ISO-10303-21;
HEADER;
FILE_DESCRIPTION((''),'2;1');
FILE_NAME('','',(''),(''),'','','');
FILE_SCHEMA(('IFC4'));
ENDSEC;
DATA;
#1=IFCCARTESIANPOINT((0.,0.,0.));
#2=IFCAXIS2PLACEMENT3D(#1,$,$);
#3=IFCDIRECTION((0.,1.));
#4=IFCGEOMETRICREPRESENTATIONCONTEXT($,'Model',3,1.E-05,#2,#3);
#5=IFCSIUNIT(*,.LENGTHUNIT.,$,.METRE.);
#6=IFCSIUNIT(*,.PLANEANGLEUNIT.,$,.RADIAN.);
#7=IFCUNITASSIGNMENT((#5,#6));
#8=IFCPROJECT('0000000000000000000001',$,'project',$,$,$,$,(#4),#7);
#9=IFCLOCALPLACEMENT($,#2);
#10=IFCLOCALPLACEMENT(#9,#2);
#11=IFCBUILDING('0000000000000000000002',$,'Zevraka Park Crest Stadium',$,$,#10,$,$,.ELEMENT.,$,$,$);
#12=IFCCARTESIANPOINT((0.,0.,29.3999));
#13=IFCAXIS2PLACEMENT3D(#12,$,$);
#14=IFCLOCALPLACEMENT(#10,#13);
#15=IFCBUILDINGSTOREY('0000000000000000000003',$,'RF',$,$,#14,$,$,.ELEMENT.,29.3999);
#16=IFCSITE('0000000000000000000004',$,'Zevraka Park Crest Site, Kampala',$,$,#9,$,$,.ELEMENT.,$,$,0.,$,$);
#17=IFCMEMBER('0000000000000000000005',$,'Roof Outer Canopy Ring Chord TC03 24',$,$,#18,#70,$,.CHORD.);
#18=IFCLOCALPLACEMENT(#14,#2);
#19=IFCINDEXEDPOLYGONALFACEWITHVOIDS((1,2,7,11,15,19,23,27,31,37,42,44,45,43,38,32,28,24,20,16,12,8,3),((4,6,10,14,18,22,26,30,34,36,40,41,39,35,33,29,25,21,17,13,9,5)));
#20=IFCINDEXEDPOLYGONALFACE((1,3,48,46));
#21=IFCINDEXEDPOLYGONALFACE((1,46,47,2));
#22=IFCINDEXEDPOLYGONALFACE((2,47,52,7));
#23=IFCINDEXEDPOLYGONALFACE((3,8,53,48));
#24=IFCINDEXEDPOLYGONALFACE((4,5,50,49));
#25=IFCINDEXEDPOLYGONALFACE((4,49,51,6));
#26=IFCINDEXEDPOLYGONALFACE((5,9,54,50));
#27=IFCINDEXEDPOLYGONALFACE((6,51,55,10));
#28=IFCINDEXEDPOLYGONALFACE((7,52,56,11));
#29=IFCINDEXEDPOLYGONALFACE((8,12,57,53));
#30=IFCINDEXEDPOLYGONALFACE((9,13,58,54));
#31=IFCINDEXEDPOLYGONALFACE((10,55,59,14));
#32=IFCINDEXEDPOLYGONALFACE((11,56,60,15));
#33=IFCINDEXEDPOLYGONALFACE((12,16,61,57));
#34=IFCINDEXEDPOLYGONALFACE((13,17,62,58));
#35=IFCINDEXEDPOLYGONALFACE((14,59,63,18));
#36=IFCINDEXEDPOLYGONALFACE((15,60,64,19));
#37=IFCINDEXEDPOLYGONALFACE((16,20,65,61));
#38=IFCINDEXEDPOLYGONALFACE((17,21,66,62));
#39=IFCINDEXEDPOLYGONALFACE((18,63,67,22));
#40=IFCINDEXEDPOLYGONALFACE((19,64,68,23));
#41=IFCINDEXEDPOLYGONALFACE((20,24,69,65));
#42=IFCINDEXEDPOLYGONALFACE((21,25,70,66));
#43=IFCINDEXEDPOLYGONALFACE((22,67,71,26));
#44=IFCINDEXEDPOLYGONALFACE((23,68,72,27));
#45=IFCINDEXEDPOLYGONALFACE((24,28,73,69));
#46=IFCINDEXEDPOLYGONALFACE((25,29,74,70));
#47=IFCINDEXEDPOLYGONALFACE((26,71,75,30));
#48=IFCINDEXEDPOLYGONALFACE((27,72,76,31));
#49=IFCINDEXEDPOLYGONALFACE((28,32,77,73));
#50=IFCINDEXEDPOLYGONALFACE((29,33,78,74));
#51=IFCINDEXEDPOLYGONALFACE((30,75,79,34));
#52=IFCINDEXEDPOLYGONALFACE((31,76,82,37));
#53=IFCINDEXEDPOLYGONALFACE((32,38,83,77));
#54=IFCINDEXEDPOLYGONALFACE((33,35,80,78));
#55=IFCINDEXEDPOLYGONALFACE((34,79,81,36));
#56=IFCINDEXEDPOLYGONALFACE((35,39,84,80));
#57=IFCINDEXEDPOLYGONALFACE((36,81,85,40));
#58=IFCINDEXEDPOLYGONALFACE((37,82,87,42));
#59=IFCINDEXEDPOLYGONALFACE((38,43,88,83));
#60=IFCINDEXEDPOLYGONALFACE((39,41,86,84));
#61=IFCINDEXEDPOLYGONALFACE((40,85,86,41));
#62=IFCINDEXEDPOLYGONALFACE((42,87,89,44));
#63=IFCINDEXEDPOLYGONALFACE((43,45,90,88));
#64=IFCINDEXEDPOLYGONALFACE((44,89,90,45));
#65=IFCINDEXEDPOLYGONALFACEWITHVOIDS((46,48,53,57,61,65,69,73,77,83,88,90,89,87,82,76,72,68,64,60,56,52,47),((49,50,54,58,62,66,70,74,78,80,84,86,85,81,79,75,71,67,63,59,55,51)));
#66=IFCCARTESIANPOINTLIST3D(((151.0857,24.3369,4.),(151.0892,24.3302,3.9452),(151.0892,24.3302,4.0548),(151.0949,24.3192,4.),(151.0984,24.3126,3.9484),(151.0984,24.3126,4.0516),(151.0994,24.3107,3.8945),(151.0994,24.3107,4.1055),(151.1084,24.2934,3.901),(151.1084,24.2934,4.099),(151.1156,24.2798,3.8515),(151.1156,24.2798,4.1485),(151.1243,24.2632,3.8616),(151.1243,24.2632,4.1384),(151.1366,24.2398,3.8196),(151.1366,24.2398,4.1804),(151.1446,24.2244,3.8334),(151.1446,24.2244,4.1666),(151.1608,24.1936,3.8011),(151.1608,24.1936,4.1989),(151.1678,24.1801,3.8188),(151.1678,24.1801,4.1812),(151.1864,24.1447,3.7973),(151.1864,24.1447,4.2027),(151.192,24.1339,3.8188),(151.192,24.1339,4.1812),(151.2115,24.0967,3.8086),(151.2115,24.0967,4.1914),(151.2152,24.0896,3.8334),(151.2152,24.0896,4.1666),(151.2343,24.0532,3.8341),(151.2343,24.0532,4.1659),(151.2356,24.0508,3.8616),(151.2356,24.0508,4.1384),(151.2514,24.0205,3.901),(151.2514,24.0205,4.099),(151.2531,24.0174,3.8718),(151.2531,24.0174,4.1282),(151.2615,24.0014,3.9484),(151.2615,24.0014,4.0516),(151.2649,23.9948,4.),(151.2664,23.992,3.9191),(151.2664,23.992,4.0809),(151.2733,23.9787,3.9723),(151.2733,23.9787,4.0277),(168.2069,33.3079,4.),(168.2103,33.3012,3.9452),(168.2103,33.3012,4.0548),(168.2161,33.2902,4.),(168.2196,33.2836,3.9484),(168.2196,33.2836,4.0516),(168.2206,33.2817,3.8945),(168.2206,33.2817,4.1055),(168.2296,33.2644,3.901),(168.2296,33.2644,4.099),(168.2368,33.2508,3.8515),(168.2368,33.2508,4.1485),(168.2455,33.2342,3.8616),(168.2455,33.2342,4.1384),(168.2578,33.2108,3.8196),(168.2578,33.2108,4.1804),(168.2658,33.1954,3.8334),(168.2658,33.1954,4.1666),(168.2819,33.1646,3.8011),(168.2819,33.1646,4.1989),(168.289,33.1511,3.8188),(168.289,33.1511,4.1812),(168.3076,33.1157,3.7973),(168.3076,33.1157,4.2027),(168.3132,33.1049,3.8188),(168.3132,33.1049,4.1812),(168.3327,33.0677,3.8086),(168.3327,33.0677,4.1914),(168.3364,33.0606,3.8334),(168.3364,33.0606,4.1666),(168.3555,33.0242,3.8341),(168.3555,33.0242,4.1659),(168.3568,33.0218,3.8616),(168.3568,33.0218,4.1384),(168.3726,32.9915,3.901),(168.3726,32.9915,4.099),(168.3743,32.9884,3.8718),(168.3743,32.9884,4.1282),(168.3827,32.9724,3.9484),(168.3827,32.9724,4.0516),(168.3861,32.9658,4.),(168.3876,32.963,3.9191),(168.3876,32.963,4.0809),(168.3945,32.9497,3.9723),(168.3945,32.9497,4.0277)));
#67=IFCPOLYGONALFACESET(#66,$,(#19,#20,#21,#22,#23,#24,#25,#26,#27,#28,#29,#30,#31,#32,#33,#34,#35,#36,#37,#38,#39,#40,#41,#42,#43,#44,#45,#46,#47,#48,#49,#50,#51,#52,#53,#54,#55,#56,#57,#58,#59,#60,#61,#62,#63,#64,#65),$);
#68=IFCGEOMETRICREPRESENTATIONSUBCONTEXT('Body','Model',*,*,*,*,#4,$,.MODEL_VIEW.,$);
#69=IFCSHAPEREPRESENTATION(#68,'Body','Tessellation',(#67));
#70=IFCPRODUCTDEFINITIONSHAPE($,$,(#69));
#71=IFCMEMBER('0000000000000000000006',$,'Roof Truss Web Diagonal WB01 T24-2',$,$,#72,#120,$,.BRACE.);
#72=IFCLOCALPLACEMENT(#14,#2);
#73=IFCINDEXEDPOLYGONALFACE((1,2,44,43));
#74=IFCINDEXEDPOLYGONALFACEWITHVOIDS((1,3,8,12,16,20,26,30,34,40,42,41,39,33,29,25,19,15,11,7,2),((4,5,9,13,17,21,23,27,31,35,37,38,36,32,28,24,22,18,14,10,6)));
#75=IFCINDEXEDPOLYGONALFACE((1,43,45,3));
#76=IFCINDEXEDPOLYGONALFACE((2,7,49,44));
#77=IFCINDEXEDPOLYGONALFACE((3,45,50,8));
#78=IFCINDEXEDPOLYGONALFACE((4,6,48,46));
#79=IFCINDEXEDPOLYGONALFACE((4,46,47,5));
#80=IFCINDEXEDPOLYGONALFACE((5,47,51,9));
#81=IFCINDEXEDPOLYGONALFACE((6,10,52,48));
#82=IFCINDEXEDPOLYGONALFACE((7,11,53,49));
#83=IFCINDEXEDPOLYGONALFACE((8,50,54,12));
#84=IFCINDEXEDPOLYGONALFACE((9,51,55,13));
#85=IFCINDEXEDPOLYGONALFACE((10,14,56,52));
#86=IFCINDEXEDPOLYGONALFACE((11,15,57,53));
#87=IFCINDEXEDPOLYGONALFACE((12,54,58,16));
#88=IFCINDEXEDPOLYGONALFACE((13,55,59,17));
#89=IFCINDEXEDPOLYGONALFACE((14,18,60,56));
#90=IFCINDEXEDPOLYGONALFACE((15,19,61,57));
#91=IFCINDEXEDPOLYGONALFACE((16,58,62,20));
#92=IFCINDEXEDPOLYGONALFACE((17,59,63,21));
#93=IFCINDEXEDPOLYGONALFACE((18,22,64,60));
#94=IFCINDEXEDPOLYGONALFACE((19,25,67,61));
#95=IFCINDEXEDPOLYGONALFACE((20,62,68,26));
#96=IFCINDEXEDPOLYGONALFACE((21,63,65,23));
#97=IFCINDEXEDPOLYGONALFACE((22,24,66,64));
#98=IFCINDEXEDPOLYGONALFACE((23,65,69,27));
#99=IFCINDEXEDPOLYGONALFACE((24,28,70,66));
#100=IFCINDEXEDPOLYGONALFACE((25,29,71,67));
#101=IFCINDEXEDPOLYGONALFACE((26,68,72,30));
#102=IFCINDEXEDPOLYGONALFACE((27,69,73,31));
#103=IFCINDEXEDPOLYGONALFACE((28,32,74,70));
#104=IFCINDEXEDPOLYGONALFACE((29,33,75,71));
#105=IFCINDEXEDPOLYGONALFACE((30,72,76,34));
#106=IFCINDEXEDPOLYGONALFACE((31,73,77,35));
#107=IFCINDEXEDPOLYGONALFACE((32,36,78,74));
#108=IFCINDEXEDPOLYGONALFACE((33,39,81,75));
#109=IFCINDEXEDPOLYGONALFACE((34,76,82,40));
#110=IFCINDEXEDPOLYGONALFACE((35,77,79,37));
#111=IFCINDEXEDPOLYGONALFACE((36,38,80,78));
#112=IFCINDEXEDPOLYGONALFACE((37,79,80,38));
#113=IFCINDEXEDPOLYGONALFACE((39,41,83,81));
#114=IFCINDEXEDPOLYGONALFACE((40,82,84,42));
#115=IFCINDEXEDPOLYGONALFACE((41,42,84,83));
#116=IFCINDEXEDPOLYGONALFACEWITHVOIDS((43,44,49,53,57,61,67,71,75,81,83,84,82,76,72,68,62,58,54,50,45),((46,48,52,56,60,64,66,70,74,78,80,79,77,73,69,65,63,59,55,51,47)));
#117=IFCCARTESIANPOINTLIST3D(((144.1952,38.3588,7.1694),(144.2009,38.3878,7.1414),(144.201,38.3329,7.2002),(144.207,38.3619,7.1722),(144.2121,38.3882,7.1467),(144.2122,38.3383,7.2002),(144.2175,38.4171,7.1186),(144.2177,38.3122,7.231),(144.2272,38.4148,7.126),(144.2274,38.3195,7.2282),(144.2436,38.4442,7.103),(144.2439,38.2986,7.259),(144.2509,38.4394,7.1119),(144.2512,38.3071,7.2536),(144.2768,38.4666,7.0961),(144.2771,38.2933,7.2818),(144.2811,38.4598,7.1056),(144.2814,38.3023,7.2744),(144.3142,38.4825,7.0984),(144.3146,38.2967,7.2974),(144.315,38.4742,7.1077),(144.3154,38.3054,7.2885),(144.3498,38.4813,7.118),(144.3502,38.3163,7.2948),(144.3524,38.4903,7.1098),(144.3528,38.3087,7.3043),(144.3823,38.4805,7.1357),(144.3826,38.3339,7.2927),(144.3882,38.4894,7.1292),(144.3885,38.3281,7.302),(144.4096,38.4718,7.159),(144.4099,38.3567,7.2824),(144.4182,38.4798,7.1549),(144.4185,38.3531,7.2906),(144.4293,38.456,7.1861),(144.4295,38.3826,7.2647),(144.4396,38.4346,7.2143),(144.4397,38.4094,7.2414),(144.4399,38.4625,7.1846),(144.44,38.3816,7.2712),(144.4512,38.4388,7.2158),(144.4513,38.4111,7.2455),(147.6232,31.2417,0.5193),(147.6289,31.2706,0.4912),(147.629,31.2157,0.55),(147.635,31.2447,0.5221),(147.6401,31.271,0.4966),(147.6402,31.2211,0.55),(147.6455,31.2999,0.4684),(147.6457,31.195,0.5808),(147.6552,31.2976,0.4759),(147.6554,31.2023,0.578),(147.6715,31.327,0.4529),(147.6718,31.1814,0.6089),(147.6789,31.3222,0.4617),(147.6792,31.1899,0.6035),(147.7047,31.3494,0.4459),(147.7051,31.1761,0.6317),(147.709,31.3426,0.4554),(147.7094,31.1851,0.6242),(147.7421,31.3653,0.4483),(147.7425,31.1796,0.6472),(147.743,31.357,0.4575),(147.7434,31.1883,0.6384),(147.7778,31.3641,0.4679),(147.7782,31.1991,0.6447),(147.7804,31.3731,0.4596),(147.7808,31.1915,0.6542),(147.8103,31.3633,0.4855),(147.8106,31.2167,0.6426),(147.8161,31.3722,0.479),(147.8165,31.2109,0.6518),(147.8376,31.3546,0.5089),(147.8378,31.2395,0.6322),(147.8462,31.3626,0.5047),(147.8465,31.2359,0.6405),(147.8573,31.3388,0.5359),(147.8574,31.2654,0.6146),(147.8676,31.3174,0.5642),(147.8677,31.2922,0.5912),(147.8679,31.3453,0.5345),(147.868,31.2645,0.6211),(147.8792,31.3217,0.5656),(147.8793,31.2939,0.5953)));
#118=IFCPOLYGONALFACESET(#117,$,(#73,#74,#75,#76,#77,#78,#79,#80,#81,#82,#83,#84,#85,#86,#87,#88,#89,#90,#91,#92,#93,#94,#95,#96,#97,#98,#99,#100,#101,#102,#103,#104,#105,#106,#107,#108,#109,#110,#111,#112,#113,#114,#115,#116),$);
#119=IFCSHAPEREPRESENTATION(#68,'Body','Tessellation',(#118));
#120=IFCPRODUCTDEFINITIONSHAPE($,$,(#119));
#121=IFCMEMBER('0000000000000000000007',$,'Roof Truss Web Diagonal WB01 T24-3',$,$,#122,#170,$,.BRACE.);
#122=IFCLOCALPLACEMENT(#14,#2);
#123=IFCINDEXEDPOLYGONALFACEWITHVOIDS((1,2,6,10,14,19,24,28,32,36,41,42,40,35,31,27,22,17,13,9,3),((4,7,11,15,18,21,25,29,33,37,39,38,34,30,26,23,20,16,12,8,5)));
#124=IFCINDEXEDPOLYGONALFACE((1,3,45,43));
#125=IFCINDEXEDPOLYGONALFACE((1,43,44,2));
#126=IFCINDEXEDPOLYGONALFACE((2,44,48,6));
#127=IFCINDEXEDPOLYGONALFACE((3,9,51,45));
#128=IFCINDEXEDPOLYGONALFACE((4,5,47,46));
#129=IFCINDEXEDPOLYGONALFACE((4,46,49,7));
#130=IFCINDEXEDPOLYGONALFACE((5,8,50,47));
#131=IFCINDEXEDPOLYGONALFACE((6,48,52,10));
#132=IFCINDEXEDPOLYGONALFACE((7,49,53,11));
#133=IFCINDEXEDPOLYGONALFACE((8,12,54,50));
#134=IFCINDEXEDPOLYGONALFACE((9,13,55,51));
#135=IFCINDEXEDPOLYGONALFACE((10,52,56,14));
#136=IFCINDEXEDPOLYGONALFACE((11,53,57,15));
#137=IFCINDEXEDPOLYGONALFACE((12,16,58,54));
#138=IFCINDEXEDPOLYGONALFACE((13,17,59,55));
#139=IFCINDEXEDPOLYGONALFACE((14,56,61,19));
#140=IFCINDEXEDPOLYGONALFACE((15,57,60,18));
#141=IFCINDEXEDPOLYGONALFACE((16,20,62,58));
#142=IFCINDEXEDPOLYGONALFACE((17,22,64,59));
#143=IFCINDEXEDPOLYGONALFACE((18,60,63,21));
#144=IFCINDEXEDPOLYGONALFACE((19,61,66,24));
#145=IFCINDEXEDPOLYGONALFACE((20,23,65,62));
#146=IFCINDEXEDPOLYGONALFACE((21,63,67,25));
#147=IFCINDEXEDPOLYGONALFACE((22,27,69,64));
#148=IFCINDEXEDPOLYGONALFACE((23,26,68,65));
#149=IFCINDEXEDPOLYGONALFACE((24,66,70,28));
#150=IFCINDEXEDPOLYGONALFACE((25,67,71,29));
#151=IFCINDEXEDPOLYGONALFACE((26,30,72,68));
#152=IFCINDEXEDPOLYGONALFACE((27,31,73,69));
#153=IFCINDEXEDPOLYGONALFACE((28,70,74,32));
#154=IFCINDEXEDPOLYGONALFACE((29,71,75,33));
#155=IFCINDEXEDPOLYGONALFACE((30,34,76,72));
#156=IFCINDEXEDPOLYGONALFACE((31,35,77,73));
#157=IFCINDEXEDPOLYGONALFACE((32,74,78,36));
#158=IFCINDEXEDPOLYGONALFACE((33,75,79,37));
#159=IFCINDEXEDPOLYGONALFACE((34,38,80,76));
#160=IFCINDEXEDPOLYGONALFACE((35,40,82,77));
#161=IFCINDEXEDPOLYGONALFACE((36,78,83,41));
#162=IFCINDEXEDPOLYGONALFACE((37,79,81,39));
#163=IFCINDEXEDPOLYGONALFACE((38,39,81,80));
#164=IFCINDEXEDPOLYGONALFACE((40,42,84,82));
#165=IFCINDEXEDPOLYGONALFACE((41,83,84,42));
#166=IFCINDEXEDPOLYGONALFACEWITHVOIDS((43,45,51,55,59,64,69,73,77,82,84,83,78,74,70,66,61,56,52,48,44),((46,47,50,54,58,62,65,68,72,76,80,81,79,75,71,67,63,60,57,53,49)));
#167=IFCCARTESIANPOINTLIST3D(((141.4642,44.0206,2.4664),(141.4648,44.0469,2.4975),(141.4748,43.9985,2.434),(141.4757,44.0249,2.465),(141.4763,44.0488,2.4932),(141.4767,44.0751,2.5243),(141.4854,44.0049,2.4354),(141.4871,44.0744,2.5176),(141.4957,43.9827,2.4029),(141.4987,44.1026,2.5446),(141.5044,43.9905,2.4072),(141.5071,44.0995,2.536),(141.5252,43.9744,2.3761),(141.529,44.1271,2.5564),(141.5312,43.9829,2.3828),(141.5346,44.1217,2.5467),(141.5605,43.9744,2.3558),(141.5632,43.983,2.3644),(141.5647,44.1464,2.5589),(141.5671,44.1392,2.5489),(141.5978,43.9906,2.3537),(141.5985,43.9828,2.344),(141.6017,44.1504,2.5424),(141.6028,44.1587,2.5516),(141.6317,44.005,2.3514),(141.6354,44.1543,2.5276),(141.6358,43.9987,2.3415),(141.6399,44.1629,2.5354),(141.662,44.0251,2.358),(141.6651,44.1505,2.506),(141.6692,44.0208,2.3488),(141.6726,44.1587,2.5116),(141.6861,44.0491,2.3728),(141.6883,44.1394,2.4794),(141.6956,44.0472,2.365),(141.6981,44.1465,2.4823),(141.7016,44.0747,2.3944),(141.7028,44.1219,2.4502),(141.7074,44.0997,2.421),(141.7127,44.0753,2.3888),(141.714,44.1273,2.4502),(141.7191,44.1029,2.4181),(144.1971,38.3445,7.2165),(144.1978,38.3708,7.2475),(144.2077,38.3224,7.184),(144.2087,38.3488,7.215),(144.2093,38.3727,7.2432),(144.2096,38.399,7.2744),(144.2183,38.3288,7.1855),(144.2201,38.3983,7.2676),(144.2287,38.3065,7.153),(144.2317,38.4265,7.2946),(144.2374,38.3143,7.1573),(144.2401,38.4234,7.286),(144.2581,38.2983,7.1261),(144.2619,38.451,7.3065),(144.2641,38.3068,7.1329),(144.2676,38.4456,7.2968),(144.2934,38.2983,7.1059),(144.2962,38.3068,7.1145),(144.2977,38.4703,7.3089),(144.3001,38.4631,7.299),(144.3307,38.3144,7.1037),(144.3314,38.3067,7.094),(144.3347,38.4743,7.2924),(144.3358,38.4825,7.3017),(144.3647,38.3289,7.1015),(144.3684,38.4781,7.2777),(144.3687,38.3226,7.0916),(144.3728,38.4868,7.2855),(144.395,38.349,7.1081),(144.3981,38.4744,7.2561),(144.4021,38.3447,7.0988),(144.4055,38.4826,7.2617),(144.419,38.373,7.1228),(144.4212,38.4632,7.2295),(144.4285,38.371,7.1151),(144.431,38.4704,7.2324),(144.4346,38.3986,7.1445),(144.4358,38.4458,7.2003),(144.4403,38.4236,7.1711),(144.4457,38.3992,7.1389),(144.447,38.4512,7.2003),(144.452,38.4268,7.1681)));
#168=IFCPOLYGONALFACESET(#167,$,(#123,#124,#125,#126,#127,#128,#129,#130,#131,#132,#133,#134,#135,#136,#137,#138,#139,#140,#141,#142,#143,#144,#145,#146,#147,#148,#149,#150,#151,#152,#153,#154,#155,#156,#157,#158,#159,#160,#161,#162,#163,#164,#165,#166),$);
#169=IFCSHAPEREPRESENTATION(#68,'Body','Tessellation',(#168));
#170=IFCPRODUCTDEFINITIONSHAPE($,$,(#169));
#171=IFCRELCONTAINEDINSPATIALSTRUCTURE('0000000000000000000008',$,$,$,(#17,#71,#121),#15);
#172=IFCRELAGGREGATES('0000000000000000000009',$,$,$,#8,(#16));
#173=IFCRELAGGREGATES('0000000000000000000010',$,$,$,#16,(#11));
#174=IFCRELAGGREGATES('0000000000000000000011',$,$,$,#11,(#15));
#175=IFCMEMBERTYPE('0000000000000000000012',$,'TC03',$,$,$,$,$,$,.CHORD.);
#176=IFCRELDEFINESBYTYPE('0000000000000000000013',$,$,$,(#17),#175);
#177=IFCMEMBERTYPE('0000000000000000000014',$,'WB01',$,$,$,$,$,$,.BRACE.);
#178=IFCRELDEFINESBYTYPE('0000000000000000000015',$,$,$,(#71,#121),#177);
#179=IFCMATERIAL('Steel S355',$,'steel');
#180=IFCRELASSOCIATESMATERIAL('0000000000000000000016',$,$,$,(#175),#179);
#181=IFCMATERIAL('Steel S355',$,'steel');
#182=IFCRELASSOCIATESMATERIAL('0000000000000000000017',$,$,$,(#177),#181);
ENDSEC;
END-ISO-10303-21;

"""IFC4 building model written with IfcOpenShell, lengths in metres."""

from ifc_helpers import new_model, si_unit, direction, frame, origin, origin_2d, place, context, subcontext, project, spatial, hollow_circle, extrude, material, material_profile, profile_set, type_object, element, save


model = new_model("IFC4")

# Units and contexts
model_context = context("Model", 3, precision=1e-05, world=origin(), true_north=direction((0.0, 1.0)))
body_context = subcontext(model_context, "Body", "Model", "MODEL_VIEW")
ifc_project = project(units=[si_unit("LENGTHUNIT", "METRE"), si_unit("PLANEANGLEUNIT", "RADIAN")], contexts=[model_context])

# Site, building, storey
site_placement = place(None, origin())
site = spatial("IfcSite", under=ifc_project, at=site_placement, Name="Zevraka Park Crest Site, Kampala", CompositionType="ELEMENT", RefElevation=0.0)
building_placement = place(site_placement, origin())
building = spatial("IfcBuilding", under=site, at=building_placement, Name="Zevraka Park Crest Stadium", CompositionType="ELEMENT")
storey_placement = place(building_placement, frame((0.0, 0.0, 29.3999)))
storey = spatial("IfcBuildingStorey", under=building, at=storey_placement, Name="RF", CompositionType="ELEMENT", Elevation=29.3999)

# Members
ifc_material_1 = material(Name="Steel S355", Category="steel")
ifc_material_profile_1 = material_profile(ifc_material_1, hollow_circle(Radius=0.2031, WallThickness=0.02, at=origin_2d()), Name="CHS 406.4x20")
ifc_profile_set_1 = profile_set([ifc_material_profile_1], Name="Steel S355")
member_type_1 = type_object("IfcMemberType", Name="TC03", PredefinedType="CHORD", material=ifc_profile_set_1)
member_1_placement = place(storey_placement, frame((151.1799, 24.157, 4.0), z_axis=(0.885773, 0.464119, 0.0), x_axis=(-0.464119, 0.885773, 0.0)))
element("IfcMember", 1, at=member_1_placement, inside=storey, type_object=member_type_1, Name="Roof Outer Canopy Ring Chord TC03 24", PredefinedType="CHORD", context=body_context, shape_type="SweptSolid", body=[
    extrude(hollow_circle(Radius=0.2031, WallThickness=0.02, at=origin_2d()), origin(), (0.0, 0.0, 1.0), 19.3291),
])
ifc_material_2 = material(Name="Steel S355", Category="steel")
ifc_material_profile_2 = material_profile(ifc_material_2, hollow_circle(Radius=0.1365, WallThickness=0.0125, at=origin_2d()), Name="CHS 273.0x12.5")
ifc_profile_set_2 = profile_set([ifc_material_profile_2], Name="Steel S355")
member_type_2 = type_object("IfcMemberType", Name="WB01", PredefinedType="BRACE", material=ifc_profile_set_2)
member_2_placement = place(storey_placement, frame((147.752, 31.2749, 0.55), z_axis=(-0.33197, 0.689238, 0.644009), x_axis=(-0.900943, -0.433937, 0.0)))
element("IfcMember", 2, at=member_2_placement, inside=storey, type_object=member_type_2, Name="Roof Truss Web Diagonal WB01 T24-2", PredefinedType="BRACE", context=body_context, shape_type="SweptSolid", body=[
    extrude(hollow_circle(Radius=0.1365, WallThickness=0.0125, at=origin_2d()), origin(), (0.0, 0.0, 1.0), 10.3262),
])
member_3_placement = place(storey_placement, frame((141.5911, 44.0681, 2.4502), z_axis=(0.346386, -0.719415, 0.602045), x_axis=(0.901001, 0.433817, 0.0)))
element("IfcMember", 3, at=member_3_placement, inside=storey, type_object=member_type_2, Name="Roof Truss Web Diagonal WB01 T24-3", PredefinedType="BRACE", context=body_context, shape_type="SweptSolid", body=[
    extrude(hollow_circle(Radius=0.1365, WallThickness=0.0125, at=origin_2d()), origin(), (0.0, 0.0, 1.0), 7.8899),
])

save(model, "model.ifc")
